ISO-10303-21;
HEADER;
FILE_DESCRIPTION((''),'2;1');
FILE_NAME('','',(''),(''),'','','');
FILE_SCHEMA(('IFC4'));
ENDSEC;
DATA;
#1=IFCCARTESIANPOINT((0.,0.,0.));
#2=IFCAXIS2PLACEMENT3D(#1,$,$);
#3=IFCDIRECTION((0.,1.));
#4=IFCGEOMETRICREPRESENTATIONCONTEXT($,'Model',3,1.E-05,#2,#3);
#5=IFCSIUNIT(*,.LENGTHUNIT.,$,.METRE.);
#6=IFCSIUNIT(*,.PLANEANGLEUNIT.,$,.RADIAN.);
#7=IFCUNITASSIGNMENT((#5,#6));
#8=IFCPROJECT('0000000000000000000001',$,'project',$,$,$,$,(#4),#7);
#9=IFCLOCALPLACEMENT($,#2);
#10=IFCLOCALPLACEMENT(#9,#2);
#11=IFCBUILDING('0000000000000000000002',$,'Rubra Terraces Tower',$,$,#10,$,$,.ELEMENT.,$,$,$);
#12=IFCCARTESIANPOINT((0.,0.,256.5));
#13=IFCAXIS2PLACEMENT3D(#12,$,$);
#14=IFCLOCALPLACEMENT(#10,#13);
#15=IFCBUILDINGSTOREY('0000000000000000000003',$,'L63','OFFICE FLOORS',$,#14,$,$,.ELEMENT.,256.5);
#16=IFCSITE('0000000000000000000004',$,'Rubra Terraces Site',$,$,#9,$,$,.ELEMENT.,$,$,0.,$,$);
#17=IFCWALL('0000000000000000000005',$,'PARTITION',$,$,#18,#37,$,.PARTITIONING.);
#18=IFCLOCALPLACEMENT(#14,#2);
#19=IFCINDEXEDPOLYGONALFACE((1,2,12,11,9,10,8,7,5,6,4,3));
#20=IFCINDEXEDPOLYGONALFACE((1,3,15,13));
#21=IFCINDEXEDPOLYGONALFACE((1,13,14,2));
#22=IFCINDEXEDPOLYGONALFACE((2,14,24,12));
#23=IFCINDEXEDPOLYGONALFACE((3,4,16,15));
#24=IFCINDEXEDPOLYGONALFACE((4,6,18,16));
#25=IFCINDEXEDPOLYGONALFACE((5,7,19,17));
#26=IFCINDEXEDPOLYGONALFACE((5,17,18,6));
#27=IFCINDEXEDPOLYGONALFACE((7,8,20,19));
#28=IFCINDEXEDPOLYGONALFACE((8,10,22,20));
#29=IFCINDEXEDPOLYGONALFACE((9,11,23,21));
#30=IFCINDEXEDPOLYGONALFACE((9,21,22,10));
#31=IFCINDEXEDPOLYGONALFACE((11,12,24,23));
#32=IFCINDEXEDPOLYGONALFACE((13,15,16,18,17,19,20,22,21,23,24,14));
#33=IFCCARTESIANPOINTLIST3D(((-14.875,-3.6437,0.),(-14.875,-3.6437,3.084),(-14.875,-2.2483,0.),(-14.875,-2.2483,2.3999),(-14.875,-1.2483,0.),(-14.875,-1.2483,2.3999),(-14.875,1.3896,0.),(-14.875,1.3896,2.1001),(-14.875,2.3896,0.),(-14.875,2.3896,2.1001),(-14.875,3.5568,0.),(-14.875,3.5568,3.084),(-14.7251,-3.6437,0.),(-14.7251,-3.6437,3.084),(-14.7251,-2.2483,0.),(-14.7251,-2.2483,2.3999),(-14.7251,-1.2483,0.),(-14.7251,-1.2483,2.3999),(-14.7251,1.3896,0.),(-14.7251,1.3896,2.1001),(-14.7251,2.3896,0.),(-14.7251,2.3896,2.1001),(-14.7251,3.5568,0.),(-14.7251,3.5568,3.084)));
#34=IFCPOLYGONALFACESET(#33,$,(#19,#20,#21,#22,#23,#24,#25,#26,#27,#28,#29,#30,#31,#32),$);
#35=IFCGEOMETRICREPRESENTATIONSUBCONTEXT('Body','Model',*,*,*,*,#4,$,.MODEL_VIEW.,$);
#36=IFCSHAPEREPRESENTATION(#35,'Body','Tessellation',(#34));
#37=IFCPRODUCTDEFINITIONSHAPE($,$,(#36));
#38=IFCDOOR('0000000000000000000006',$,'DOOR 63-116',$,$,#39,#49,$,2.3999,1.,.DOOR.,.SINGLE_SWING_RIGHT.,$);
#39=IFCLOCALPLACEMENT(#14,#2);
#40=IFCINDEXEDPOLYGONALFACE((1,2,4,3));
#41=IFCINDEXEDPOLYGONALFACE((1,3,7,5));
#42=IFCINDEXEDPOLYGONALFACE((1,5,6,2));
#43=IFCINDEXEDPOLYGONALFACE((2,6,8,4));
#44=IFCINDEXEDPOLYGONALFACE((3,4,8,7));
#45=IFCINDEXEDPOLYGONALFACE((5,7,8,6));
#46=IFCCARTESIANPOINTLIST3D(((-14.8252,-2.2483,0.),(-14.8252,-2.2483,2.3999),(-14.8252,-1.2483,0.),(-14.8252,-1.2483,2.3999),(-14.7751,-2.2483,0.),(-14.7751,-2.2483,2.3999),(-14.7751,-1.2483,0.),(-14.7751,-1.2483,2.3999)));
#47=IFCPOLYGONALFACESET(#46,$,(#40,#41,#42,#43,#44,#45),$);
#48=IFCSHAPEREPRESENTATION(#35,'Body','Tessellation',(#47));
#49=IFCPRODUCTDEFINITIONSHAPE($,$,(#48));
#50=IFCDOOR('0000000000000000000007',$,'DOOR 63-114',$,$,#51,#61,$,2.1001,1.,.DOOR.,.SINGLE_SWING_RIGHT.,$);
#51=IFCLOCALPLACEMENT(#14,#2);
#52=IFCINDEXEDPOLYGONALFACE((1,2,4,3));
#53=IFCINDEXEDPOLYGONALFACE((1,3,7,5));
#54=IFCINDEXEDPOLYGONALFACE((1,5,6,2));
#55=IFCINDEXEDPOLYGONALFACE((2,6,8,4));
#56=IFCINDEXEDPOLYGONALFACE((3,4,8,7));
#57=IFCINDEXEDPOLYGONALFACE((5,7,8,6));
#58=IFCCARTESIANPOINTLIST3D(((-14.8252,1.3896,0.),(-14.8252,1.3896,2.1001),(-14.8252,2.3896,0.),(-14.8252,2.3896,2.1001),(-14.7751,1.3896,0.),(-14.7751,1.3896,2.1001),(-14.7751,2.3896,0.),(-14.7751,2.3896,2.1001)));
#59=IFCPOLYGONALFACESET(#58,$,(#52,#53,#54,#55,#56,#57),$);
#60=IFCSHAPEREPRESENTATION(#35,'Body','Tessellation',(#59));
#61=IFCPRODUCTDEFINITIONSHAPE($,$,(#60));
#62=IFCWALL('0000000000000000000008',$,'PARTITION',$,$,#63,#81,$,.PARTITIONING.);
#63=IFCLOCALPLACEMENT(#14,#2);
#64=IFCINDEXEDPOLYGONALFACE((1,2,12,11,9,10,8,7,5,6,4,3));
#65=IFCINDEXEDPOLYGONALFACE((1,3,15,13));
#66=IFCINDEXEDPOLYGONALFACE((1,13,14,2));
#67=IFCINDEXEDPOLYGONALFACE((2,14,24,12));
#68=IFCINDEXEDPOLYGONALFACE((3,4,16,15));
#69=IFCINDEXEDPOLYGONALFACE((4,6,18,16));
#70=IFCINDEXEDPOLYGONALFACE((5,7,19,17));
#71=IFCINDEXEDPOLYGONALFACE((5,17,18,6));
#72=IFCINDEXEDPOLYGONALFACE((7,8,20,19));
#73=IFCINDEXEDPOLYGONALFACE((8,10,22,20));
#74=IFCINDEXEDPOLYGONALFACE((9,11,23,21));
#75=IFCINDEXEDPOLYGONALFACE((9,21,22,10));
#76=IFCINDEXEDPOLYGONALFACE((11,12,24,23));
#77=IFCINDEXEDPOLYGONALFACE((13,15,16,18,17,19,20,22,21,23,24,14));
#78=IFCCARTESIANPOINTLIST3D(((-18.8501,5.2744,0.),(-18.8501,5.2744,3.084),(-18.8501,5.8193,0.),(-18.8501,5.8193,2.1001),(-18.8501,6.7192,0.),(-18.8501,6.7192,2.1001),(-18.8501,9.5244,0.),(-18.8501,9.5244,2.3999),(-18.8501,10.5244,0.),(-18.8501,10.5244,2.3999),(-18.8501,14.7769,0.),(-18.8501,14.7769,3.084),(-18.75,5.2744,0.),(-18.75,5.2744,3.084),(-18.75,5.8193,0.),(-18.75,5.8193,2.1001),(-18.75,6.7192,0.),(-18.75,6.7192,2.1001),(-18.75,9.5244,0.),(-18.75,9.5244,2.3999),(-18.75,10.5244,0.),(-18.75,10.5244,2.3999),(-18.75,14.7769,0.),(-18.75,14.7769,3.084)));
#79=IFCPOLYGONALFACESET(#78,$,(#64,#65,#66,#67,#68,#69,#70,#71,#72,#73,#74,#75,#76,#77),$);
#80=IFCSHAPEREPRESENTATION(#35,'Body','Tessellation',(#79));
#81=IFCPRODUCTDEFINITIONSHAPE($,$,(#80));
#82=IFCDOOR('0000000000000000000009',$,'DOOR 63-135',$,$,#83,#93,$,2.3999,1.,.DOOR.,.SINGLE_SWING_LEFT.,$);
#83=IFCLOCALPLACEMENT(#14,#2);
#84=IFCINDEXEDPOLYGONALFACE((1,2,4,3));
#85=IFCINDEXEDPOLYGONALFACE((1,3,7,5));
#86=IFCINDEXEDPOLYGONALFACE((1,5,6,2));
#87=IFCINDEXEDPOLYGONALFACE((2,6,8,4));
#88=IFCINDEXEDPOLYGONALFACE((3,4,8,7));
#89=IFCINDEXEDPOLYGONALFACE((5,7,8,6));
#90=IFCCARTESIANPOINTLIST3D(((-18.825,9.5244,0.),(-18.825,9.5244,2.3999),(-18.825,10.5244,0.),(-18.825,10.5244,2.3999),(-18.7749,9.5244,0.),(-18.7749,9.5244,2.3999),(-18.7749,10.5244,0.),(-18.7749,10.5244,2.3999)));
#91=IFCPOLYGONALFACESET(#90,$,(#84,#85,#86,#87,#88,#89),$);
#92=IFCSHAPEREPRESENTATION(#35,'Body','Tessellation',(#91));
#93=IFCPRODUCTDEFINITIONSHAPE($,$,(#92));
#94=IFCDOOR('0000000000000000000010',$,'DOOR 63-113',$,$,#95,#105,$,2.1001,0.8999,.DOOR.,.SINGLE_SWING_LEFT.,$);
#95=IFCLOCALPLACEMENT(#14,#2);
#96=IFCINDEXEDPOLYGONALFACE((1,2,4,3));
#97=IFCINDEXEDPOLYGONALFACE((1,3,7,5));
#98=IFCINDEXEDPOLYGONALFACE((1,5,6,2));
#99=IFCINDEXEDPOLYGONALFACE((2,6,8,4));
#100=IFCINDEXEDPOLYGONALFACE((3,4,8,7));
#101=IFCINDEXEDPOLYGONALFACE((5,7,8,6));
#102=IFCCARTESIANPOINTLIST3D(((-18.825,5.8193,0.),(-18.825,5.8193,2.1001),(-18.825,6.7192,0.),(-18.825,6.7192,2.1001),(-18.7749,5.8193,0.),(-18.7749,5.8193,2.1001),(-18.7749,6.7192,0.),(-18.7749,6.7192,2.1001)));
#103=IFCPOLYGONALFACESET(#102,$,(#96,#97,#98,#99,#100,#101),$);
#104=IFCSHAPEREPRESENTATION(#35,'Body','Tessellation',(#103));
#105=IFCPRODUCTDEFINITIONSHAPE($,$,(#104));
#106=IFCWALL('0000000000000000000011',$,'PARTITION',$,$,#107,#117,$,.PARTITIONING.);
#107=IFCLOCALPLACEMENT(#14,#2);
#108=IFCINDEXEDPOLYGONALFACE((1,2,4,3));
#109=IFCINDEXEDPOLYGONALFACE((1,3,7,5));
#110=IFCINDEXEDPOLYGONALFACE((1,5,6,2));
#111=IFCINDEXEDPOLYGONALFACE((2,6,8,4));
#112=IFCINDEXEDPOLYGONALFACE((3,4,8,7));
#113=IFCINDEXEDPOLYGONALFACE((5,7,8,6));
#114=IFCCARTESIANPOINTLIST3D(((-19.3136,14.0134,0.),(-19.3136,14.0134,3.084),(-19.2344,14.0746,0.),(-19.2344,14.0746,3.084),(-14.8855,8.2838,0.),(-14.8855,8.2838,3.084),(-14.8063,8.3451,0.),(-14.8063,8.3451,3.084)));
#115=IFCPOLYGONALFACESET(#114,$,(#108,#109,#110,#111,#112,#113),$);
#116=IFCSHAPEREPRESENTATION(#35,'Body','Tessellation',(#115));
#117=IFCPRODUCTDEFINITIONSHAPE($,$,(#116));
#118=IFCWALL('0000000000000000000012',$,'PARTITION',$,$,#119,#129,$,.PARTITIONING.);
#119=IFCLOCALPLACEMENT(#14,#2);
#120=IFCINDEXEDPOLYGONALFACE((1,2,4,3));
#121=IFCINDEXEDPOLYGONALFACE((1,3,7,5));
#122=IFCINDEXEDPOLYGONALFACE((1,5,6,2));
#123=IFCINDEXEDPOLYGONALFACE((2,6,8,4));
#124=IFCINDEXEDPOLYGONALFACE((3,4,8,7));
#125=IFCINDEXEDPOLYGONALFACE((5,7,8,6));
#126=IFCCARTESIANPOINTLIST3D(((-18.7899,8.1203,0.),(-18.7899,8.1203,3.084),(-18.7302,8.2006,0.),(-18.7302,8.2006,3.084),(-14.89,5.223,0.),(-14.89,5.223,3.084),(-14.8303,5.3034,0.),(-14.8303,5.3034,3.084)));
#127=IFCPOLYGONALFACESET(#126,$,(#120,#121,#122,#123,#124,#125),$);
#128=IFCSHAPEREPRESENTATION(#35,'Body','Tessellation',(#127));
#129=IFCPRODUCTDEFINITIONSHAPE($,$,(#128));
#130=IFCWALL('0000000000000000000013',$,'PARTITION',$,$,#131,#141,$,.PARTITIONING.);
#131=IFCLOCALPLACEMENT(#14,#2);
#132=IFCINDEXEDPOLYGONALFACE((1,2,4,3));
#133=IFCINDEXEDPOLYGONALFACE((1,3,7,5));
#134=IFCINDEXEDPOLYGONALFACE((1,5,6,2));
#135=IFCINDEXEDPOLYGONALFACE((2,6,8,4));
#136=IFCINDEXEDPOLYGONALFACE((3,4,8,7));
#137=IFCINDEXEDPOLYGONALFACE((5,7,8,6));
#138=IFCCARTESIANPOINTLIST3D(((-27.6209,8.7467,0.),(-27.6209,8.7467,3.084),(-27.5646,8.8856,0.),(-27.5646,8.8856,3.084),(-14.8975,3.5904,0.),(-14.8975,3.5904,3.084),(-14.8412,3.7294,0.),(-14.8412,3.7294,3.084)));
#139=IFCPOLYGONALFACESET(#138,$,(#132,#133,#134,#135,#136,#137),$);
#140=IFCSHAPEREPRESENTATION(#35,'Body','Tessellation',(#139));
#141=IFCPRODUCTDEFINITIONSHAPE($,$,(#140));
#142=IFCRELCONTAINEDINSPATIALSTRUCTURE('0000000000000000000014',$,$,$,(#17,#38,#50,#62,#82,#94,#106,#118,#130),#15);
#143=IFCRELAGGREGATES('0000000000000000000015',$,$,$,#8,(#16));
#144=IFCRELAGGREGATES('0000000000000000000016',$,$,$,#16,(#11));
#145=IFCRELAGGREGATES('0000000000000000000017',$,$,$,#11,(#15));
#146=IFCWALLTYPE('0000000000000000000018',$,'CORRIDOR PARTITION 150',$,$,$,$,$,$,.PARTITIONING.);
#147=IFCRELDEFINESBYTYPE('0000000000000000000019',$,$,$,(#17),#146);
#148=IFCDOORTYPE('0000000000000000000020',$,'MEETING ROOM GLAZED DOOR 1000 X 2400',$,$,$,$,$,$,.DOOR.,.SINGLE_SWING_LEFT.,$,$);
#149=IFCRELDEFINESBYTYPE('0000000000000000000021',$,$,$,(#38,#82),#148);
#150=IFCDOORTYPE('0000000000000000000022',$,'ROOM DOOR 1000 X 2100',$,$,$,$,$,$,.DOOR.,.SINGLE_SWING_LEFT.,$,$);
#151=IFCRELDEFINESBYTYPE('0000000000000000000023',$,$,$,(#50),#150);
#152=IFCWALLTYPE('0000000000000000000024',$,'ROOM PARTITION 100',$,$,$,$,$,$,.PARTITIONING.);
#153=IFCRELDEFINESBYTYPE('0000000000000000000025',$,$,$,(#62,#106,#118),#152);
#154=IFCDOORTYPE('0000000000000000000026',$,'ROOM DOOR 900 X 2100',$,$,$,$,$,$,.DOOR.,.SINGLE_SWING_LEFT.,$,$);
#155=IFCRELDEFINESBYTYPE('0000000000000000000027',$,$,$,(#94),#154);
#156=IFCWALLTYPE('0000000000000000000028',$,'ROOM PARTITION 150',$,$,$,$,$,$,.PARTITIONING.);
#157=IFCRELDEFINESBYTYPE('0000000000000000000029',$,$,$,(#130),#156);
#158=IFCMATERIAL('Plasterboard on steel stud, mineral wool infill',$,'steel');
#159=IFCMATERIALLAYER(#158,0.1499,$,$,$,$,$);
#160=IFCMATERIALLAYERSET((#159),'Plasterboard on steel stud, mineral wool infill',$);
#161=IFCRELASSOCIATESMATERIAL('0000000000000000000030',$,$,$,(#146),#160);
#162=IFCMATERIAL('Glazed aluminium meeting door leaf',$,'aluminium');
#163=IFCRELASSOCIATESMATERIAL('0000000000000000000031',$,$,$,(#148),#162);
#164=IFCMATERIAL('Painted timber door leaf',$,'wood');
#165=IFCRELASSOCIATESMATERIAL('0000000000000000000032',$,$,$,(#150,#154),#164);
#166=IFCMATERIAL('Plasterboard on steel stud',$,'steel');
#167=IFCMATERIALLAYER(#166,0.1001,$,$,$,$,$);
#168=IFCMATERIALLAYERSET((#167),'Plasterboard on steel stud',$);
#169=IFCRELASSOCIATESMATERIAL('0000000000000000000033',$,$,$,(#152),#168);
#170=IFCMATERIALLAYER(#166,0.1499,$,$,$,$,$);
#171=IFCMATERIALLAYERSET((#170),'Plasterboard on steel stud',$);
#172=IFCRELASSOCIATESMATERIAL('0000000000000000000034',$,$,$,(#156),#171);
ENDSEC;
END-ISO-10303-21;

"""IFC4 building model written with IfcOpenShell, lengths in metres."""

from ifc_helpers import new_model, si_unit, direction, frame, frame_2d, origin, place, context, subcontext, project, spatial, rectangle, extrude, material, layer, layer_set, type_object, element, fill, save


model = new_model("IFC4")

# Units and contexts
model_context = context("Model", 3, precision=1e-05, world=origin(), true_north=direction((0.0, 1.0)))
body_context = subcontext(model_context, "Body", "Model", "MODEL_VIEW")
ifc_project = project(units=[si_unit("LENGTHUNIT", "METRE"), si_unit("PLANEANGLEUNIT", "RADIAN")], contexts=[model_context])

# Site, building, storey
site_placement = place(None, origin())
site = spatial("IfcSite", under=ifc_project, at=site_placement, Name="Rubra Terraces Site", CompositionType="ELEMENT", RefElevation=0.0)
building_placement = place(site_placement, origin())
building = spatial("IfcBuilding", under=site, at=building_placement, Name="Rubra Terraces Tower", CompositionType="ELEMENT")
storey_placement = place(building_placement, frame((0.0, 0.0, 256.5)))
storey = spatial("IfcBuildingStorey", under=building, at=storey_placement, Name="L63", Description="OFFICE FLOORS", CompositionType="ELEMENT", Elevation=256.5)

# Walls, openings, doors
ifc_material_1 = material(Name="Plasterboard on steel stud, mineral wool infill", Category="steel")
ifc_layer_1 = layer(ifc_material_1, 0.1499)
ifc_layer_set_1 = layer_set([ifc_layer_1], Name="Plasterboard on steel stud, mineral wool infill")
wall_type_1 = type_object("IfcWallType", Name="CORRIDOR PARTITION 150", PredefinedType="PARTITIONING", material=ifc_layer_set_1)
wall_1_placement = place(storey_placement, frame((-14.8, 3.5566, 0.0), z_axis=(0.0, 0.0, 1.0), x_axis=(0.0, -1.0, 0.0)))
wall_1 = element("IfcWall", 1, at=wall_1_placement, inside=storey, type_object=wall_type_1, Name="PARTITION", PredefinedType="PARTITIONING", context=body_context, shape_type="SweptSolid", body=[
    extrude(rectangle(XDim=7.2004, YDim=0.1499, at=frame_2d((3.6001, 0.0))), origin(), (0.0, 0.0, 1.0), 3.084),
])
opening_1_placement = place(wall_1_placement, frame((1.167, 0.0, 0.0)))
opening_1 = element("IfcOpeningElement", 2, at=opening_1_placement, cuts=wall_1, PredefinedType="OPENING", context=body_context, shape_type="SweptSolid", body=[
    extrude(rectangle(XDim=1.0, YDim=2.1001, at=frame_2d((0.5, 1.05))), frame((0.0, 0.085, 0.0), z_axis=(0.0, -1.0, 0.0), x_axis=(1.0, 0.0, 0.0)), (0.0, 0.0, 1.0), 0.1699),
])
opening_2_placement = place(wall_1_placement, frame((4.8049, 0.0, 0.0)))
opening_2 = element("IfcOpeningElement", 3, at=opening_2_placement, cuts=wall_1, PredefinedType="OPENING", context=body_context, shape_type="SweptSolid", body=[
    extrude(rectangle(XDim=1.0, YDim=2.3999, at=frame_2d((0.5, 1.2))), frame((0.0, 0.085, 0.0), z_axis=(0.0, -1.0, 0.0), x_axis=(1.0, 0.0, 0.0)), (0.0, 0.0, 1.0), 0.1699),
])
ifc_material_2 = material(Name="Glazed aluminium meeting door leaf", Category="aluminium")
door_type_1 = type_object("IfcDoorType", Name="MEETING ROOM GLAZED DOOR 1000 X 2400", OperationType="SINGLE_SWING_LEFT", PredefinedType="DOOR", material=ifc_material_2)
door_1_placement = place(opening_2_placement, origin())
door_1 = element("IfcDoor", 4, at=door_1_placement, inside=storey, type_object=door_type_1, Name="DOOR 63-116", OperationType="SINGLE_SWING_RIGHT", OverallHeight=2.3999, OverallWidth=1.0, PredefinedType="DOOR", context=body_context, shape_type="SweptSolid", body=[
    extrude(rectangle(XDim=1.0, YDim=2.3999, at=frame_2d((0.5, 1.2))), frame((0.0, 0.0249, 0.0), z_axis=(0.0, -1.0, 0.0), x_axis=(1.0, 0.0, 0.0)), (0.0, 0.0, 1.0), 0.05),
])
fill(opening_2, door_1)
ifc_material_3 = material(Name="Painted timber door leaf", Category="wood")
door_type_2 = type_object("IfcDoorType", Name="ROOM DOOR 1000 X 2100", OperationType="SINGLE_SWING_LEFT", PredefinedType="DOOR", material=ifc_material_3)
door_2_placement = place(opening_1_placement, origin())
door_2 = element("IfcDoor", 5, at=door_2_placement, inside=storey, type_object=door_type_2, Name="DOOR 63-114", OperationType="SINGLE_SWING_RIGHT", OverallHeight=2.1001, OverallWidth=1.0, PredefinedType="DOOR", context=body_context, shape_type="SweptSolid", body=[
    extrude(rectangle(XDim=1.0, YDim=2.1001, at=frame_2d((0.5, 1.05))), frame((0.0, 0.0249, 0.0), z_axis=(0.0, -1.0, 0.0), x_axis=(1.0, 0.0, 0.0)), (0.0, 0.0, 1.0), 0.05),
])
fill(opening_1, door_2)
ifc_material_4 = material(Name="Plasterboard on steel stud", Category="steel")
ifc_layer_2 = layer(ifc_material_4, 0.1001)
ifc_layer_set_2 = layer_set([ifc_layer_2], Name="Plasterboard on steel stud")
wall_type_2 = type_object("IfcWallType", Name="ROOM PARTITION 100", PredefinedType="PARTITIONING", material=ifc_layer_set_2)
wall_2_placement = place(storey_placement, frame((-18.8, 5.2744, 0.0), z_axis=(0.0, 0.0, 1.0), x_axis=(0.0, 1.0, 0.0)))
wall_2 = element("IfcWall", 6, at=wall_2_placement, inside=storey, type_object=wall_type_2, Name="PARTITION", PredefinedType="PARTITIONING", context=body_context, shape_type="SweptSolid", body=[
    extrude(rectangle(XDim=9.5024, YDim=0.1001, at=frame_2d((4.7512, 0.0))), origin(), (0.0, 0.0, 1.0), 3.084),
])
opening_3_placement = place(wall_2_placement, frame((0.5449, 0.0, 0.0)))
opening_3 = element("IfcOpeningElement", 7, at=opening_3_placement, cuts=wall_2, PredefinedType="OPENING", context=body_context, shape_type="SweptSolid", body=[
    extrude(rectangle(XDim=0.8999, YDim=2.1001, at=frame_2d((0.45, 1.05))), frame((0.0, 0.0601, 0.0), z_axis=(0.0, -1.0, 0.0), x_axis=(1.0, 0.0, 0.0)), (0.0, 0.0, 1.0), 0.1201),
])
opening_4_placement = place(wall_2_placement, frame((4.25, 0.0, 0.0)))
opening_4 = element("IfcOpeningElement", 8, at=opening_4_placement, cuts=wall_2, PredefinedType="OPENING", context=body_context, shape_type="SweptSolid", body=[
    extrude(rectangle(XDim=1.0, YDim=2.3999, at=frame_2d((0.5, 1.2))), frame((0.0, 0.0601, 0.0), z_axis=(0.0, -1.0, 0.0), x_axis=(1.0, 0.0, 0.0)), (0.0, 0.0, 1.0), 0.1201),
])
door_3_placement = place(opening_4_placement, origin())
door_3 = element("IfcDoor", 9, at=door_3_placement, inside=storey, type_object=door_type_1, Name="DOOR 63-135", OperationType="SINGLE_SWING_LEFT", OverallHeight=2.3999, OverallWidth=1.0, PredefinedType="DOOR", context=body_context, shape_type="SweptSolid", body=[
    extrude(rectangle(XDim=1.0, YDim=2.3999, at=frame_2d((0.5, 1.2))), frame((0.0, 0.0249, 0.0), z_axis=(0.0, -1.0, 0.0), x_axis=(1.0, 0.0, 0.0)), (0.0, 0.0, 1.0), 0.05),
])
fill(opening_4, door_3)
door_type_3 = type_object("IfcDoorType", Name="ROOM DOOR 900 X 2100", OperationType="SINGLE_SWING_LEFT", PredefinedType="DOOR", material=ifc_material_3)
door_4_placement = place(opening_3_placement, origin())
door_4 = element("IfcDoor", 10, at=door_4_placement, inside=storey, type_object=door_type_3, Name="DOOR 63-113", OperationType="SINGLE_SWING_LEFT", OverallHeight=2.1001, OverallWidth=0.8999, PredefinedType="DOOR", context=body_context, shape_type="SweptSolid", body=[
    extrude(rectangle(XDim=0.8999, YDim=2.1001, at=frame_2d((0.45, 1.05))), frame((0.0, 0.0249, 0.0), z_axis=(0.0, -1.0, 0.0), x_axis=(1.0, 0.0, 0.0)), (0.0, 0.0, 1.0), 0.05),
])
fill(opening_3, door_4)

# Walls
wall_3_placement = place(storey_placement, frame((-14.8459, 8.3145, 0.0), z_axis=(0.0, 0.0, 1.0), x_axis=(-0.611503, 0.791242, 0.0)))
element("IfcWall", 11, at=wall_3_placement, inside=storey, type_object=wall_type_2, Name="PARTITION", PredefinedType="PARTITIONING", context=body_context, shape_type="SweptSolid", body=[
    extrude(rectangle(XDim=7.2412, YDim=0.1001, at=frame_2d((3.6206, 0.0))), origin(), (0.0, 0.0, 1.0), 3.084),
])
wall_4_placement = place(storey_placement, frame((-14.8601, 5.2632, 0.0), z_axis=(0.0, 0.0, 1.0), x_axis=(-0.802729, 0.596343, 0.0)))
element("IfcWall", 12, at=wall_4_placement, inside=storey, type_object=wall_type_2, Name="PARTITION", PredefinedType="PARTITIONING", context=body_context, shape_type="SweptSolid", body=[
    extrude(rectangle(XDim=4.8584, YDim=0.1001, at=frame_2d((2.4292, 0.0))), origin(), (0.0, 0.0, 1.0), 3.084),
])
ifc_layer_3 = layer(ifc_material_4, 0.1499)
ifc_layer_set_3 = layer_set([ifc_layer_3], Name="Plasterboard on steel stud")
wall_type_3 = type_object("IfcWallType", Name="ROOM PARTITION 150", PredefinedType="PARTITIONING", material=ifc_layer_set_3)
wall_5_placement = place(storey_placement, frame((-27.5928, 8.8162, 0.0), z_axis=(0.0, 0.0, 1.0), x_axis=(0.926787, -0.375587, 0.0)))
element("IfcWall", 13, at=wall_5_placement, inside=storey, type_object=wall_type_3, Name="PARTITION", PredefinedType="PARTITIONING", context=body_context, shape_type="SweptSolid", body=[
    extrude(rectangle(XDim=13.7285, YDim=0.1499, at=frame_2d((6.8643, 0.0))), origin(), (0.0, 0.0, 1.0), 3.084),
])

save(model, "model.ifc")
